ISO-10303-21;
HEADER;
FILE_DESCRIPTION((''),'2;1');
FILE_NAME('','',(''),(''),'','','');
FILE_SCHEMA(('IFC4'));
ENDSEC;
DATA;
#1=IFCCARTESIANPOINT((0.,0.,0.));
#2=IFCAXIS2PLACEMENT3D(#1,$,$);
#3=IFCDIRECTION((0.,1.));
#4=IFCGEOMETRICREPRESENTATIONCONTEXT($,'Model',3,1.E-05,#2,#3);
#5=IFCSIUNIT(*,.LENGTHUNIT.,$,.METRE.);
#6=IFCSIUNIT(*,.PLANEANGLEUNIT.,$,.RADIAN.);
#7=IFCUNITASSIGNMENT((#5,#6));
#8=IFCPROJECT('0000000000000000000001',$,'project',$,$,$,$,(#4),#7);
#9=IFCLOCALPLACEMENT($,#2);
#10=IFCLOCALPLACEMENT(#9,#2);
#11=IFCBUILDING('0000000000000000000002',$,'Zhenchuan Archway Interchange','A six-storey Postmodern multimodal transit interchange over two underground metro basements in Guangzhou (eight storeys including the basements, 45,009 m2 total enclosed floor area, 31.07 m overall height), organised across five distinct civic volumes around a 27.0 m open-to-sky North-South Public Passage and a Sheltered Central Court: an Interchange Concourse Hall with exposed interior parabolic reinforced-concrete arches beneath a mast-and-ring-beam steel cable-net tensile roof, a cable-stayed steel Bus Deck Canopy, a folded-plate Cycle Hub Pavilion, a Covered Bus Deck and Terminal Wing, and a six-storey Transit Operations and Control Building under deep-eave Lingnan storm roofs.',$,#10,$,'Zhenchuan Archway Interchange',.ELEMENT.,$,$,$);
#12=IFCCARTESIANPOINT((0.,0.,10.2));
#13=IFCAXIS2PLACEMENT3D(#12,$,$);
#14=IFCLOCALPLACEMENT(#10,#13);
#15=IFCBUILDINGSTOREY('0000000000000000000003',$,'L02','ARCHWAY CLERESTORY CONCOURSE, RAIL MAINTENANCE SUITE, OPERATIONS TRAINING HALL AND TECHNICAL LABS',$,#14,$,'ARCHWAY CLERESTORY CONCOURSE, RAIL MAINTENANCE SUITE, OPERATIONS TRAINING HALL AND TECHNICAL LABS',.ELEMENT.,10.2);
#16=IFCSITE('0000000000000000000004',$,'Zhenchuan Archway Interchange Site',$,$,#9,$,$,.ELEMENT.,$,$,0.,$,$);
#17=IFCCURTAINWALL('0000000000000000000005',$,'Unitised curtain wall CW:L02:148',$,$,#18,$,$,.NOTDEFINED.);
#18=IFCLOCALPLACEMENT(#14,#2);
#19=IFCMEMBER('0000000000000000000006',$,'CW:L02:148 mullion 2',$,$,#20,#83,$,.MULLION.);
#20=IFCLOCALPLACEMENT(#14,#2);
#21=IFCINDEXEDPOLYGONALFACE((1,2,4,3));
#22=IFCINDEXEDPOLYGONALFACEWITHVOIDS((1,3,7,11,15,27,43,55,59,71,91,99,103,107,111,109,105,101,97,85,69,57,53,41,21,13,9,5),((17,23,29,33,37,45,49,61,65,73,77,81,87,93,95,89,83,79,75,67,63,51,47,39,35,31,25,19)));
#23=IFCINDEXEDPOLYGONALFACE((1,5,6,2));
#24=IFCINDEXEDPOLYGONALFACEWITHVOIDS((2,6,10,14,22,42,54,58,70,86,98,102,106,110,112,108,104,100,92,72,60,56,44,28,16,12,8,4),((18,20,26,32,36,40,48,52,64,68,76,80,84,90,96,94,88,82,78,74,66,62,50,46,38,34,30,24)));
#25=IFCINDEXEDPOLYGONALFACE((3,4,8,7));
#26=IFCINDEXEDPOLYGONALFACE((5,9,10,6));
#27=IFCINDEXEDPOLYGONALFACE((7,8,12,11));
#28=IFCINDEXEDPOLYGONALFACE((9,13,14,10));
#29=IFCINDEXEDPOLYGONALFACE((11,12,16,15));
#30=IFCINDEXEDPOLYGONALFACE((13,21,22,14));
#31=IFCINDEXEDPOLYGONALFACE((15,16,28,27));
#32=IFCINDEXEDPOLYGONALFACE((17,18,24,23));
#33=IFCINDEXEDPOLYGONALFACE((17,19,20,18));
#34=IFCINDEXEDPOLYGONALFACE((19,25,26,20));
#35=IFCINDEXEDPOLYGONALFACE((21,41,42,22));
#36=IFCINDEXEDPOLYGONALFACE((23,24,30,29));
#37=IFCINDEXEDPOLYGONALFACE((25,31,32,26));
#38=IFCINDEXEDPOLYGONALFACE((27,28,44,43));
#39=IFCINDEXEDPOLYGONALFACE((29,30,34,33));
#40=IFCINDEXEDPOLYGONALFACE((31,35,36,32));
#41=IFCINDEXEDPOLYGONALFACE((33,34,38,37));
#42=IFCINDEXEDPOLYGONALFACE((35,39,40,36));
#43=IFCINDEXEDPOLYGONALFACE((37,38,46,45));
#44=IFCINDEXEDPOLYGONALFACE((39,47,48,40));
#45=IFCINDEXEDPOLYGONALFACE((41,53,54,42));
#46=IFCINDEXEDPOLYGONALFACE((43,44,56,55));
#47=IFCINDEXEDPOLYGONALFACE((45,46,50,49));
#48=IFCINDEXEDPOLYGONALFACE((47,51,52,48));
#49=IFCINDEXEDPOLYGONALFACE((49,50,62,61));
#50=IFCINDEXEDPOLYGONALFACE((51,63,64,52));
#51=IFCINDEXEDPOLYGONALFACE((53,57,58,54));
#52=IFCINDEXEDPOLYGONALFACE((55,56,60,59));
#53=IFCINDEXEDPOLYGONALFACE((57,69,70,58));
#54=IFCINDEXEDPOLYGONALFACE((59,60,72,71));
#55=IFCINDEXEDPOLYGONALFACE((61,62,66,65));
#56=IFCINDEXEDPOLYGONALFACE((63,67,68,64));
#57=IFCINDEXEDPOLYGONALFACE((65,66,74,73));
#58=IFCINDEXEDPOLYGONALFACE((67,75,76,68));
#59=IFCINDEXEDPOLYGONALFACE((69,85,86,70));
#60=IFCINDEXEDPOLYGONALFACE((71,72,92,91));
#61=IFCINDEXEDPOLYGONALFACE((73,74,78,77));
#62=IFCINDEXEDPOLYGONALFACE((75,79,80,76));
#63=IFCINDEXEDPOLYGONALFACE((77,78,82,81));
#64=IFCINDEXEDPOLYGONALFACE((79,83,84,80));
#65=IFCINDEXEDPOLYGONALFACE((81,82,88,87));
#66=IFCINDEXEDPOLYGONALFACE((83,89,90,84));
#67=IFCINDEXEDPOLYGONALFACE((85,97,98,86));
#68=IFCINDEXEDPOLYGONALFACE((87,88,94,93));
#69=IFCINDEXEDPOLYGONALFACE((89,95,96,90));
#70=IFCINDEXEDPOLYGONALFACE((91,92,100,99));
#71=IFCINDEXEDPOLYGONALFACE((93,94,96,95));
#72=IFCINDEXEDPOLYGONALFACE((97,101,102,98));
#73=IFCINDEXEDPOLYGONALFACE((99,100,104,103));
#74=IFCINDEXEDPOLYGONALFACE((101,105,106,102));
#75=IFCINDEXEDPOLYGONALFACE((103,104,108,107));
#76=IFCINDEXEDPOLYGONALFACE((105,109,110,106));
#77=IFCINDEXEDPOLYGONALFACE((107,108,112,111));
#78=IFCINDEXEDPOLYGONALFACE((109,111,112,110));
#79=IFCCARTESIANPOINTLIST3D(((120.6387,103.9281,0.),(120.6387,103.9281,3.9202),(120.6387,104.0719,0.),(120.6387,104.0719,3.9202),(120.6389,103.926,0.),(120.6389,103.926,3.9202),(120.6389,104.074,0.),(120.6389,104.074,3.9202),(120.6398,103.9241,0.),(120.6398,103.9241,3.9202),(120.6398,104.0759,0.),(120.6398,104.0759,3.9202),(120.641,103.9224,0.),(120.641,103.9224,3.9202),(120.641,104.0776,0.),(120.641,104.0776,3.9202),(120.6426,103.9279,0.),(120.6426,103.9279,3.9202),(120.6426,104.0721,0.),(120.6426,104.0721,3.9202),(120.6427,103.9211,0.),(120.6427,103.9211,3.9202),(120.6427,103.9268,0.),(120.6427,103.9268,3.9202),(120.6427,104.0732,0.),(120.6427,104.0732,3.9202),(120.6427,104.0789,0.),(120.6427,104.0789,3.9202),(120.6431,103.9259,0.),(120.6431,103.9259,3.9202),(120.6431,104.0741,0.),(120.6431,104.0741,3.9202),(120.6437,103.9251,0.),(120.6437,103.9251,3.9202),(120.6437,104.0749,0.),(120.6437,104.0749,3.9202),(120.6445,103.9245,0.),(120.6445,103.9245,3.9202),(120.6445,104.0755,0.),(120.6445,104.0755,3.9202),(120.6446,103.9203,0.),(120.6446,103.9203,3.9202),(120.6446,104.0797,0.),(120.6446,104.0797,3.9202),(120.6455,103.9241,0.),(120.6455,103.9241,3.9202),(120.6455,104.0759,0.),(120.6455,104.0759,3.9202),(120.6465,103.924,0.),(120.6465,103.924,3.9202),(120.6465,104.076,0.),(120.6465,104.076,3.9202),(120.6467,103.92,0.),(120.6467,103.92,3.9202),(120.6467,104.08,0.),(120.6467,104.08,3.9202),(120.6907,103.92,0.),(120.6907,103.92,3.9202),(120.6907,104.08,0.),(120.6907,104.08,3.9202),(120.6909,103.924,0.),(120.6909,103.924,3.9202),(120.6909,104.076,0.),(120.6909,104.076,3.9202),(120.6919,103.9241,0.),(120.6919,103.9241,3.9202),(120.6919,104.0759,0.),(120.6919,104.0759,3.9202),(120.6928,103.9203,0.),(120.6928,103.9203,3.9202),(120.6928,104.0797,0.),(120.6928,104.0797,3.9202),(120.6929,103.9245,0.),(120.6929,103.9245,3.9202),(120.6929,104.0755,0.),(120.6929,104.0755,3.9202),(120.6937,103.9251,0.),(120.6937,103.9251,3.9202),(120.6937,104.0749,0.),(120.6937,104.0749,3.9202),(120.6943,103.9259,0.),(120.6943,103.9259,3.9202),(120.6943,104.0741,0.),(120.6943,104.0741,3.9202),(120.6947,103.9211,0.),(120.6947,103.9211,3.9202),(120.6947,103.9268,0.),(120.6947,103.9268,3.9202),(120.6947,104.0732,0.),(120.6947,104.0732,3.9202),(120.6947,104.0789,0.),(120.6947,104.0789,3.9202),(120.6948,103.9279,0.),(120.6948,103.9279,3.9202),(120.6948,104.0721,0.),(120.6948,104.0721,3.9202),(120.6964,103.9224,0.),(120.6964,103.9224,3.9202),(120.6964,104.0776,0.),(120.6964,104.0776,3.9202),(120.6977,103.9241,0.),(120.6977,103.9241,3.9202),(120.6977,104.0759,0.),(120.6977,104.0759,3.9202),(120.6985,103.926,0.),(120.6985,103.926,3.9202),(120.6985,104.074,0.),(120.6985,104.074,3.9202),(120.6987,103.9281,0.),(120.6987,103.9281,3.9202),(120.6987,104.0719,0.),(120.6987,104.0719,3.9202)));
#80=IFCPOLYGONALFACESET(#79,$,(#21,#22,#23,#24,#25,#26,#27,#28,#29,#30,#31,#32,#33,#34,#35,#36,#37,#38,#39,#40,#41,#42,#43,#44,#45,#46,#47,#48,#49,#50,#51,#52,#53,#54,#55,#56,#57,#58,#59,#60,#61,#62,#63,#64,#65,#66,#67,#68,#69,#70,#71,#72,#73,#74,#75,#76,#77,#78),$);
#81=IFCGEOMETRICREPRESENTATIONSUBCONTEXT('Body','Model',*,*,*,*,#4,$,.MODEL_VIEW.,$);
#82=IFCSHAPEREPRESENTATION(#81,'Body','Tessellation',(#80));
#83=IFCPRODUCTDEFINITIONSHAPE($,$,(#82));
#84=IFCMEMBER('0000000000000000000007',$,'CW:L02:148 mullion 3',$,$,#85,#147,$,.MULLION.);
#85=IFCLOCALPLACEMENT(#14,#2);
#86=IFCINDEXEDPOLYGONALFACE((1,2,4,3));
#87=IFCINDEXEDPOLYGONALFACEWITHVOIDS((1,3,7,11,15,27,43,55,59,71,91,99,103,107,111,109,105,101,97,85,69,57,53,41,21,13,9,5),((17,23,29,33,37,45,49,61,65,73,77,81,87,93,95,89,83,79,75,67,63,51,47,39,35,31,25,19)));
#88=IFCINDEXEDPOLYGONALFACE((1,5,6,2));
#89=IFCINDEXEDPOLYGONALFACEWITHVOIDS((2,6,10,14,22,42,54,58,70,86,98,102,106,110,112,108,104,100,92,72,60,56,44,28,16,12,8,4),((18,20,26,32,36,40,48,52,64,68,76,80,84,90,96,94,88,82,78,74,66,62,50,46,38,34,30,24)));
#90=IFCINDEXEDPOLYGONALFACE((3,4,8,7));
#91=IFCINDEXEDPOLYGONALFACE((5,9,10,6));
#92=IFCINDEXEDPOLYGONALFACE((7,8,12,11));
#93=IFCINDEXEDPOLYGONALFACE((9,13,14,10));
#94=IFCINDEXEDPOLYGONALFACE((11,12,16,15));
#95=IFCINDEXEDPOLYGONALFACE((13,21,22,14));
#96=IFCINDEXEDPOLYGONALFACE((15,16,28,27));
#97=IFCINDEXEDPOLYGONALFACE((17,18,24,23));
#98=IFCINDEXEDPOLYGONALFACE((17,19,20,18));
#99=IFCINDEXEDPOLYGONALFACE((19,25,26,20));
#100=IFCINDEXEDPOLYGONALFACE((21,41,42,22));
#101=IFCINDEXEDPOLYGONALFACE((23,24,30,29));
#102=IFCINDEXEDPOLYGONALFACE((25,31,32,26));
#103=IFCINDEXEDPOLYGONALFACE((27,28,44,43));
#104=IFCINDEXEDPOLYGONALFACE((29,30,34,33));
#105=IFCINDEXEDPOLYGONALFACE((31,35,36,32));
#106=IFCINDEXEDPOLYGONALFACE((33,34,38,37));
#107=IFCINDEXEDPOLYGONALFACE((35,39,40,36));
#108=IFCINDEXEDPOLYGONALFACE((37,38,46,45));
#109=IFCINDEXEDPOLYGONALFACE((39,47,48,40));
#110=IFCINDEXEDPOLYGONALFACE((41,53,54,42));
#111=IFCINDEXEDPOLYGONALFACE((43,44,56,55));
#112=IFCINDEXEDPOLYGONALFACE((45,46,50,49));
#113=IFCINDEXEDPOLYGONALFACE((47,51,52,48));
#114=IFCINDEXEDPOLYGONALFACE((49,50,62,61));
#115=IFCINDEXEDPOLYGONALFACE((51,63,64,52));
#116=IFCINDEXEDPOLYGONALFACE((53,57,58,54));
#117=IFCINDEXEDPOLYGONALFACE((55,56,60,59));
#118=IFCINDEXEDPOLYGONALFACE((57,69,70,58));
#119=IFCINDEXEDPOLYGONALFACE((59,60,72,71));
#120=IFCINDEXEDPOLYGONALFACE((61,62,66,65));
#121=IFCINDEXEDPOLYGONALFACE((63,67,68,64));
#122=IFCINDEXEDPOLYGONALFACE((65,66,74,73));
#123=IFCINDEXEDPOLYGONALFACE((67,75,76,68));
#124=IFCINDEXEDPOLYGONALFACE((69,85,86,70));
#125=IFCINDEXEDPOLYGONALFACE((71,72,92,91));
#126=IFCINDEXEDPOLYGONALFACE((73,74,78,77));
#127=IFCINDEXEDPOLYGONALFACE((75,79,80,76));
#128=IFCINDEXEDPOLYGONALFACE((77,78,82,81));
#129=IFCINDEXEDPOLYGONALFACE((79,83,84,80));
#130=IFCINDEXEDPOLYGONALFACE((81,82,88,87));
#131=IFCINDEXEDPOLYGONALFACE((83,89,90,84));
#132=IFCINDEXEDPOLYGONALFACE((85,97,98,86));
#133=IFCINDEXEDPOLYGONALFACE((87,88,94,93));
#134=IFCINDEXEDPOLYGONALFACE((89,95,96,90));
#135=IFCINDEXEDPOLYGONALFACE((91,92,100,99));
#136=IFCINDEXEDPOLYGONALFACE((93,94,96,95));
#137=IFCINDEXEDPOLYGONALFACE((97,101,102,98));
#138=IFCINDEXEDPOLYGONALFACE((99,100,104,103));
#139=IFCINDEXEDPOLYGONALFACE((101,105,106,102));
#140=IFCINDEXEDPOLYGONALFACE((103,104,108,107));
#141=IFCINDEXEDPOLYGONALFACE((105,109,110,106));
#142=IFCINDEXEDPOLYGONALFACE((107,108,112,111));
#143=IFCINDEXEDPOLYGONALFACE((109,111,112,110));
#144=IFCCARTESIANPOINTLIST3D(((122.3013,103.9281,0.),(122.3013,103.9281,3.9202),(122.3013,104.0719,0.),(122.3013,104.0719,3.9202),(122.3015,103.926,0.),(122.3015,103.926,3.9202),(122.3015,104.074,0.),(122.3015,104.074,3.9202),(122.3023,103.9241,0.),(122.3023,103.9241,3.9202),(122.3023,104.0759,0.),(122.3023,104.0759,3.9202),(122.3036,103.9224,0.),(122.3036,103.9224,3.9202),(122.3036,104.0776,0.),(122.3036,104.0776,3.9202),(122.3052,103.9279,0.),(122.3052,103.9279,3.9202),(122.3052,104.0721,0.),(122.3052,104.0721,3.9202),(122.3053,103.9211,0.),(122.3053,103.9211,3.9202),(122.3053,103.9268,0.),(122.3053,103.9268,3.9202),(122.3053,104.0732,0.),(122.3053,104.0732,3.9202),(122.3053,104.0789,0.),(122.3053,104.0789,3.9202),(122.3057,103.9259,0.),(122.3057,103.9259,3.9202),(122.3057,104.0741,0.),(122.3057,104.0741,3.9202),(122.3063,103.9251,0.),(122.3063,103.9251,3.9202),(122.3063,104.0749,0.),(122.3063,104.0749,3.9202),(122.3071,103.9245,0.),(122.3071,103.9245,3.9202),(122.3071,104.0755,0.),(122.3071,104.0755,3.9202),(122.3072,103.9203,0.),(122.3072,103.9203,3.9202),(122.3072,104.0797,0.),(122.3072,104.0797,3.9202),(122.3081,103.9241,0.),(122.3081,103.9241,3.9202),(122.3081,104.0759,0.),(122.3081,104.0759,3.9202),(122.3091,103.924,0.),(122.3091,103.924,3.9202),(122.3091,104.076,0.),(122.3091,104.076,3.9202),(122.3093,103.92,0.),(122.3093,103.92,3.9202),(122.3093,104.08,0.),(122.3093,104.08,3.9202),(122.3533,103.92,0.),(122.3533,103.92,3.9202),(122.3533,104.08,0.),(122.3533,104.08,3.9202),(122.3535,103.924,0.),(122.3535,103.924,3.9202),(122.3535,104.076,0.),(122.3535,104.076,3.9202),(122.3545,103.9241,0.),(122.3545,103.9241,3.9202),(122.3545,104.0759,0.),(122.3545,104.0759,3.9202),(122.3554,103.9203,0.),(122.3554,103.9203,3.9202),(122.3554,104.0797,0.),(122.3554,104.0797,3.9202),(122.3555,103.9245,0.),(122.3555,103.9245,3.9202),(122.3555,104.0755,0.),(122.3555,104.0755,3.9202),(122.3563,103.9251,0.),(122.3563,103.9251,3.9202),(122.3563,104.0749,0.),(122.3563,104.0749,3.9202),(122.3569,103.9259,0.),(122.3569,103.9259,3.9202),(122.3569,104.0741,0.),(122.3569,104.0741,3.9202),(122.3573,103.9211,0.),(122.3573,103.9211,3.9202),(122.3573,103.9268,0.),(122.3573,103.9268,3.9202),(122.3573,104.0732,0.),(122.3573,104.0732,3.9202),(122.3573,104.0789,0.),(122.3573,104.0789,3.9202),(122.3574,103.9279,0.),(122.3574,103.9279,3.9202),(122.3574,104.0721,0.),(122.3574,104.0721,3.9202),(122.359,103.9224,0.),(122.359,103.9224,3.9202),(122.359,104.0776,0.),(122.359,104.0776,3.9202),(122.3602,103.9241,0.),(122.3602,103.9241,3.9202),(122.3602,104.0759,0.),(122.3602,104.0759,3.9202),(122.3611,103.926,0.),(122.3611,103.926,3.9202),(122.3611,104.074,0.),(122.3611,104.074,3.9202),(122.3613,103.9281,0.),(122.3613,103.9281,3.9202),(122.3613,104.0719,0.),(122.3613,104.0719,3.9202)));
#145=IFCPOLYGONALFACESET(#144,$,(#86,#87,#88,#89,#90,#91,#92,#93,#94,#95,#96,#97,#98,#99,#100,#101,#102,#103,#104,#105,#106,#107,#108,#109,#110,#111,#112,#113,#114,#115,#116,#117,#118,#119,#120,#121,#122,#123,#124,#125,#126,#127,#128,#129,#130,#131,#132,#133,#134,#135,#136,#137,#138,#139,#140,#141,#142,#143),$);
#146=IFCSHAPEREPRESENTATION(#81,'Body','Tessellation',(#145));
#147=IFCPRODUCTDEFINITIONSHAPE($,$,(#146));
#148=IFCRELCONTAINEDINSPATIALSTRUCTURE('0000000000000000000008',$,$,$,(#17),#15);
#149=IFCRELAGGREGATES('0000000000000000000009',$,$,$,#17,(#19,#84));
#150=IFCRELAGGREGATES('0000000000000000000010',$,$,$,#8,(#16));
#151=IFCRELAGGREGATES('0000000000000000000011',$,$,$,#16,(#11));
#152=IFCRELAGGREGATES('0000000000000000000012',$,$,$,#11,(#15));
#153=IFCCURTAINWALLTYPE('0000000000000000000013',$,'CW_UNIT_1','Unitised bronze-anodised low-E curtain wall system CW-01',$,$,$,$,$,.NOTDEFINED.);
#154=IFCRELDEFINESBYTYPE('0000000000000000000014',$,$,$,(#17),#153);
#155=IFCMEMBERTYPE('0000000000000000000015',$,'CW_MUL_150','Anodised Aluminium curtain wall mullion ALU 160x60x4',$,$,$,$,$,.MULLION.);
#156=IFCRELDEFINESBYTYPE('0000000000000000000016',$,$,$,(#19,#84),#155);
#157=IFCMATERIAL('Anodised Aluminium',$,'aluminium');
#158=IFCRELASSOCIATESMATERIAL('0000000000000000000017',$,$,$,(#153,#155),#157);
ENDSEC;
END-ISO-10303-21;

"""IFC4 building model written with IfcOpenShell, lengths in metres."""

from ifc_helpers import new_model, si_unit, direction, frame, origin, origin_2d, place, context, subcontext, project, spatial, hollow_rectangle, extrude, material, material_profile, profile_set, type_object, element, aggregate, save


model = new_model("IFC4")

# Units and contexts
model_context = context("Model", 3, precision=1e-05, world=origin(), true_north=direction((0.0, 1.0)))
body_context = subcontext(model_context, "Body", "Model", "MODEL_VIEW")
ifc_project = project(units=[si_unit("LENGTHUNIT", "METRE"), si_unit("PLANEANGLEUNIT", "RADIAN")], contexts=[model_context])

# Site, building, storey
site_placement = place(None, origin())
site = spatial("IfcSite", under=ifc_project, at=site_placement, Name="Zhenchuan Archway Interchange Site", CompositionType="ELEMENT", RefElevation=0.0)
building_placement = place(site_placement, origin())
building = spatial("IfcBuilding", under=site, at=building_placement, Name="Zhenchuan Archway Interchange", Description="A six-storey Postmodern multimodal transit interchange over two underground metro basements in Guangzhou (eight storeys including the basements, 45,009 m2 total enclosed floor area, 31.07 m overall height), organised across five distinct civic volumes around a 27.0 m open-to-sky North-South Public Passage and a Sheltered Central Court: an Interchange Concourse Hall with exposed interior parabolic reinforced-concrete arches beneath a mast-and-ring-beam steel cable-net tensile roof, a cable-stayed steel Bus Deck Canopy, a folded-plate Cycle Hub Pavilion, a Covered Bus Deck and Terminal Wing, and a six-storey Transit Operations and Control Building under deep-eave Lingnan storm roofs.", LongName="Zhenchuan Archway Interchange", CompositionType="ELEMENT")
storey_placement = place(building_placement, frame((0.0, 0.0, 10.2)))
storey = spatial("IfcBuildingStorey", under=building, at=storey_placement, Name="L02", Description="ARCHWAY CLERESTORY CONCOURSE, RAIL MAINTENANCE SUITE, OPERATIONS TRAINING HALL AND TECHNICAL LABS", LongName="ARCHWAY CLERESTORY CONCOURSE, RAIL MAINTENANCE SUITE, OPERATIONS TRAINING HALL AND TECHNICAL LABS", CompositionType="ELEMENT", Elevation=10.2)

# Curtain wall, members
ifc_material_1 = material(Name="Anodised Aluminium", Category="aluminium")
curtain_wall_type = type_object("IfcCurtainWallType", Name="CW_UNIT_1", Description="Unitised bronze-anodised low-E curtain wall system CW-01", PredefinedType="NOTDEFINED", material=ifc_material_1)
curtain_wall_placement = place(storey_placement, origin())
curtain_wall = element("IfcCurtainWall", 1, at=curtain_wall_placement, inside=storey, type_object=curtain_wall_type, Name="Unitised curtain wall CW:L02:148", PredefinedType="NOTDEFINED")
ifc_material_profile_1 = material_profile(ifc_material_1, hollow_rectangle(XDim=0.0601, YDim=0.1599, WallThickness=0.0039, InnerFilletRadius=0.0039, OuterFilletRadius=0.0081, at=origin_2d()), Name="ALU 160x60x4")
ifc_profile_set_1 = profile_set([ifc_material_profile_1], Name="Anodised Aluminium")
member_type_1 = type_object("IfcMemberType", Name="CW_MUL_150", Description="Anodised Aluminium curtain wall mullion ALU 160x60x4", PredefinedType="MULLION", material=ifc_profile_set_1)
member_1_placement = place(storey_placement, frame((120.6687, 104.0, 0.0), z_axis=(0.0, 0.0, 1.0), x_axis=(1.0, 0.0, 0.0)))
member_1 = element("IfcMember", 2, at=member_1_placement, type_object=member_type_1, Name="CW:L02:148 mullion 2", PredefinedType="MULLION", context=body_context, shape_type="SweptSolid", body=[
    extrude(hollow_rectangle(XDim=0.0601, YDim=0.1599, WallThickness=0.0039, InnerFilletRadius=0.0039, OuterFilletRadius=0.0081, at=origin_2d()), origin(), (0.0, 0.0, 1.0), 3.9202),
])
member_2_placement = place(storey_placement, frame((122.3313, 104.0, 0.0), z_axis=(0.0, 0.0, 1.0), x_axis=(1.0, 0.0, 0.0)))
member_2 = element("IfcMember", 3, at=member_2_placement, type_object=member_type_1, Name="CW:L02:148 mullion 3", PredefinedType="MULLION", context=body_context, shape_type="SweptSolid", body=[
    extrude(hollow_rectangle(XDim=0.0601, YDim=0.1599, WallThickness=0.0039, InnerFilletRadius=0.0039, OuterFilletRadius=0.0081, at=origin_2d()), origin(), (0.0, 0.0, 1.0), 3.9202),
])
aggregate(curtain_wall, [member_1, member_2])

save(model, "model.ifc")
